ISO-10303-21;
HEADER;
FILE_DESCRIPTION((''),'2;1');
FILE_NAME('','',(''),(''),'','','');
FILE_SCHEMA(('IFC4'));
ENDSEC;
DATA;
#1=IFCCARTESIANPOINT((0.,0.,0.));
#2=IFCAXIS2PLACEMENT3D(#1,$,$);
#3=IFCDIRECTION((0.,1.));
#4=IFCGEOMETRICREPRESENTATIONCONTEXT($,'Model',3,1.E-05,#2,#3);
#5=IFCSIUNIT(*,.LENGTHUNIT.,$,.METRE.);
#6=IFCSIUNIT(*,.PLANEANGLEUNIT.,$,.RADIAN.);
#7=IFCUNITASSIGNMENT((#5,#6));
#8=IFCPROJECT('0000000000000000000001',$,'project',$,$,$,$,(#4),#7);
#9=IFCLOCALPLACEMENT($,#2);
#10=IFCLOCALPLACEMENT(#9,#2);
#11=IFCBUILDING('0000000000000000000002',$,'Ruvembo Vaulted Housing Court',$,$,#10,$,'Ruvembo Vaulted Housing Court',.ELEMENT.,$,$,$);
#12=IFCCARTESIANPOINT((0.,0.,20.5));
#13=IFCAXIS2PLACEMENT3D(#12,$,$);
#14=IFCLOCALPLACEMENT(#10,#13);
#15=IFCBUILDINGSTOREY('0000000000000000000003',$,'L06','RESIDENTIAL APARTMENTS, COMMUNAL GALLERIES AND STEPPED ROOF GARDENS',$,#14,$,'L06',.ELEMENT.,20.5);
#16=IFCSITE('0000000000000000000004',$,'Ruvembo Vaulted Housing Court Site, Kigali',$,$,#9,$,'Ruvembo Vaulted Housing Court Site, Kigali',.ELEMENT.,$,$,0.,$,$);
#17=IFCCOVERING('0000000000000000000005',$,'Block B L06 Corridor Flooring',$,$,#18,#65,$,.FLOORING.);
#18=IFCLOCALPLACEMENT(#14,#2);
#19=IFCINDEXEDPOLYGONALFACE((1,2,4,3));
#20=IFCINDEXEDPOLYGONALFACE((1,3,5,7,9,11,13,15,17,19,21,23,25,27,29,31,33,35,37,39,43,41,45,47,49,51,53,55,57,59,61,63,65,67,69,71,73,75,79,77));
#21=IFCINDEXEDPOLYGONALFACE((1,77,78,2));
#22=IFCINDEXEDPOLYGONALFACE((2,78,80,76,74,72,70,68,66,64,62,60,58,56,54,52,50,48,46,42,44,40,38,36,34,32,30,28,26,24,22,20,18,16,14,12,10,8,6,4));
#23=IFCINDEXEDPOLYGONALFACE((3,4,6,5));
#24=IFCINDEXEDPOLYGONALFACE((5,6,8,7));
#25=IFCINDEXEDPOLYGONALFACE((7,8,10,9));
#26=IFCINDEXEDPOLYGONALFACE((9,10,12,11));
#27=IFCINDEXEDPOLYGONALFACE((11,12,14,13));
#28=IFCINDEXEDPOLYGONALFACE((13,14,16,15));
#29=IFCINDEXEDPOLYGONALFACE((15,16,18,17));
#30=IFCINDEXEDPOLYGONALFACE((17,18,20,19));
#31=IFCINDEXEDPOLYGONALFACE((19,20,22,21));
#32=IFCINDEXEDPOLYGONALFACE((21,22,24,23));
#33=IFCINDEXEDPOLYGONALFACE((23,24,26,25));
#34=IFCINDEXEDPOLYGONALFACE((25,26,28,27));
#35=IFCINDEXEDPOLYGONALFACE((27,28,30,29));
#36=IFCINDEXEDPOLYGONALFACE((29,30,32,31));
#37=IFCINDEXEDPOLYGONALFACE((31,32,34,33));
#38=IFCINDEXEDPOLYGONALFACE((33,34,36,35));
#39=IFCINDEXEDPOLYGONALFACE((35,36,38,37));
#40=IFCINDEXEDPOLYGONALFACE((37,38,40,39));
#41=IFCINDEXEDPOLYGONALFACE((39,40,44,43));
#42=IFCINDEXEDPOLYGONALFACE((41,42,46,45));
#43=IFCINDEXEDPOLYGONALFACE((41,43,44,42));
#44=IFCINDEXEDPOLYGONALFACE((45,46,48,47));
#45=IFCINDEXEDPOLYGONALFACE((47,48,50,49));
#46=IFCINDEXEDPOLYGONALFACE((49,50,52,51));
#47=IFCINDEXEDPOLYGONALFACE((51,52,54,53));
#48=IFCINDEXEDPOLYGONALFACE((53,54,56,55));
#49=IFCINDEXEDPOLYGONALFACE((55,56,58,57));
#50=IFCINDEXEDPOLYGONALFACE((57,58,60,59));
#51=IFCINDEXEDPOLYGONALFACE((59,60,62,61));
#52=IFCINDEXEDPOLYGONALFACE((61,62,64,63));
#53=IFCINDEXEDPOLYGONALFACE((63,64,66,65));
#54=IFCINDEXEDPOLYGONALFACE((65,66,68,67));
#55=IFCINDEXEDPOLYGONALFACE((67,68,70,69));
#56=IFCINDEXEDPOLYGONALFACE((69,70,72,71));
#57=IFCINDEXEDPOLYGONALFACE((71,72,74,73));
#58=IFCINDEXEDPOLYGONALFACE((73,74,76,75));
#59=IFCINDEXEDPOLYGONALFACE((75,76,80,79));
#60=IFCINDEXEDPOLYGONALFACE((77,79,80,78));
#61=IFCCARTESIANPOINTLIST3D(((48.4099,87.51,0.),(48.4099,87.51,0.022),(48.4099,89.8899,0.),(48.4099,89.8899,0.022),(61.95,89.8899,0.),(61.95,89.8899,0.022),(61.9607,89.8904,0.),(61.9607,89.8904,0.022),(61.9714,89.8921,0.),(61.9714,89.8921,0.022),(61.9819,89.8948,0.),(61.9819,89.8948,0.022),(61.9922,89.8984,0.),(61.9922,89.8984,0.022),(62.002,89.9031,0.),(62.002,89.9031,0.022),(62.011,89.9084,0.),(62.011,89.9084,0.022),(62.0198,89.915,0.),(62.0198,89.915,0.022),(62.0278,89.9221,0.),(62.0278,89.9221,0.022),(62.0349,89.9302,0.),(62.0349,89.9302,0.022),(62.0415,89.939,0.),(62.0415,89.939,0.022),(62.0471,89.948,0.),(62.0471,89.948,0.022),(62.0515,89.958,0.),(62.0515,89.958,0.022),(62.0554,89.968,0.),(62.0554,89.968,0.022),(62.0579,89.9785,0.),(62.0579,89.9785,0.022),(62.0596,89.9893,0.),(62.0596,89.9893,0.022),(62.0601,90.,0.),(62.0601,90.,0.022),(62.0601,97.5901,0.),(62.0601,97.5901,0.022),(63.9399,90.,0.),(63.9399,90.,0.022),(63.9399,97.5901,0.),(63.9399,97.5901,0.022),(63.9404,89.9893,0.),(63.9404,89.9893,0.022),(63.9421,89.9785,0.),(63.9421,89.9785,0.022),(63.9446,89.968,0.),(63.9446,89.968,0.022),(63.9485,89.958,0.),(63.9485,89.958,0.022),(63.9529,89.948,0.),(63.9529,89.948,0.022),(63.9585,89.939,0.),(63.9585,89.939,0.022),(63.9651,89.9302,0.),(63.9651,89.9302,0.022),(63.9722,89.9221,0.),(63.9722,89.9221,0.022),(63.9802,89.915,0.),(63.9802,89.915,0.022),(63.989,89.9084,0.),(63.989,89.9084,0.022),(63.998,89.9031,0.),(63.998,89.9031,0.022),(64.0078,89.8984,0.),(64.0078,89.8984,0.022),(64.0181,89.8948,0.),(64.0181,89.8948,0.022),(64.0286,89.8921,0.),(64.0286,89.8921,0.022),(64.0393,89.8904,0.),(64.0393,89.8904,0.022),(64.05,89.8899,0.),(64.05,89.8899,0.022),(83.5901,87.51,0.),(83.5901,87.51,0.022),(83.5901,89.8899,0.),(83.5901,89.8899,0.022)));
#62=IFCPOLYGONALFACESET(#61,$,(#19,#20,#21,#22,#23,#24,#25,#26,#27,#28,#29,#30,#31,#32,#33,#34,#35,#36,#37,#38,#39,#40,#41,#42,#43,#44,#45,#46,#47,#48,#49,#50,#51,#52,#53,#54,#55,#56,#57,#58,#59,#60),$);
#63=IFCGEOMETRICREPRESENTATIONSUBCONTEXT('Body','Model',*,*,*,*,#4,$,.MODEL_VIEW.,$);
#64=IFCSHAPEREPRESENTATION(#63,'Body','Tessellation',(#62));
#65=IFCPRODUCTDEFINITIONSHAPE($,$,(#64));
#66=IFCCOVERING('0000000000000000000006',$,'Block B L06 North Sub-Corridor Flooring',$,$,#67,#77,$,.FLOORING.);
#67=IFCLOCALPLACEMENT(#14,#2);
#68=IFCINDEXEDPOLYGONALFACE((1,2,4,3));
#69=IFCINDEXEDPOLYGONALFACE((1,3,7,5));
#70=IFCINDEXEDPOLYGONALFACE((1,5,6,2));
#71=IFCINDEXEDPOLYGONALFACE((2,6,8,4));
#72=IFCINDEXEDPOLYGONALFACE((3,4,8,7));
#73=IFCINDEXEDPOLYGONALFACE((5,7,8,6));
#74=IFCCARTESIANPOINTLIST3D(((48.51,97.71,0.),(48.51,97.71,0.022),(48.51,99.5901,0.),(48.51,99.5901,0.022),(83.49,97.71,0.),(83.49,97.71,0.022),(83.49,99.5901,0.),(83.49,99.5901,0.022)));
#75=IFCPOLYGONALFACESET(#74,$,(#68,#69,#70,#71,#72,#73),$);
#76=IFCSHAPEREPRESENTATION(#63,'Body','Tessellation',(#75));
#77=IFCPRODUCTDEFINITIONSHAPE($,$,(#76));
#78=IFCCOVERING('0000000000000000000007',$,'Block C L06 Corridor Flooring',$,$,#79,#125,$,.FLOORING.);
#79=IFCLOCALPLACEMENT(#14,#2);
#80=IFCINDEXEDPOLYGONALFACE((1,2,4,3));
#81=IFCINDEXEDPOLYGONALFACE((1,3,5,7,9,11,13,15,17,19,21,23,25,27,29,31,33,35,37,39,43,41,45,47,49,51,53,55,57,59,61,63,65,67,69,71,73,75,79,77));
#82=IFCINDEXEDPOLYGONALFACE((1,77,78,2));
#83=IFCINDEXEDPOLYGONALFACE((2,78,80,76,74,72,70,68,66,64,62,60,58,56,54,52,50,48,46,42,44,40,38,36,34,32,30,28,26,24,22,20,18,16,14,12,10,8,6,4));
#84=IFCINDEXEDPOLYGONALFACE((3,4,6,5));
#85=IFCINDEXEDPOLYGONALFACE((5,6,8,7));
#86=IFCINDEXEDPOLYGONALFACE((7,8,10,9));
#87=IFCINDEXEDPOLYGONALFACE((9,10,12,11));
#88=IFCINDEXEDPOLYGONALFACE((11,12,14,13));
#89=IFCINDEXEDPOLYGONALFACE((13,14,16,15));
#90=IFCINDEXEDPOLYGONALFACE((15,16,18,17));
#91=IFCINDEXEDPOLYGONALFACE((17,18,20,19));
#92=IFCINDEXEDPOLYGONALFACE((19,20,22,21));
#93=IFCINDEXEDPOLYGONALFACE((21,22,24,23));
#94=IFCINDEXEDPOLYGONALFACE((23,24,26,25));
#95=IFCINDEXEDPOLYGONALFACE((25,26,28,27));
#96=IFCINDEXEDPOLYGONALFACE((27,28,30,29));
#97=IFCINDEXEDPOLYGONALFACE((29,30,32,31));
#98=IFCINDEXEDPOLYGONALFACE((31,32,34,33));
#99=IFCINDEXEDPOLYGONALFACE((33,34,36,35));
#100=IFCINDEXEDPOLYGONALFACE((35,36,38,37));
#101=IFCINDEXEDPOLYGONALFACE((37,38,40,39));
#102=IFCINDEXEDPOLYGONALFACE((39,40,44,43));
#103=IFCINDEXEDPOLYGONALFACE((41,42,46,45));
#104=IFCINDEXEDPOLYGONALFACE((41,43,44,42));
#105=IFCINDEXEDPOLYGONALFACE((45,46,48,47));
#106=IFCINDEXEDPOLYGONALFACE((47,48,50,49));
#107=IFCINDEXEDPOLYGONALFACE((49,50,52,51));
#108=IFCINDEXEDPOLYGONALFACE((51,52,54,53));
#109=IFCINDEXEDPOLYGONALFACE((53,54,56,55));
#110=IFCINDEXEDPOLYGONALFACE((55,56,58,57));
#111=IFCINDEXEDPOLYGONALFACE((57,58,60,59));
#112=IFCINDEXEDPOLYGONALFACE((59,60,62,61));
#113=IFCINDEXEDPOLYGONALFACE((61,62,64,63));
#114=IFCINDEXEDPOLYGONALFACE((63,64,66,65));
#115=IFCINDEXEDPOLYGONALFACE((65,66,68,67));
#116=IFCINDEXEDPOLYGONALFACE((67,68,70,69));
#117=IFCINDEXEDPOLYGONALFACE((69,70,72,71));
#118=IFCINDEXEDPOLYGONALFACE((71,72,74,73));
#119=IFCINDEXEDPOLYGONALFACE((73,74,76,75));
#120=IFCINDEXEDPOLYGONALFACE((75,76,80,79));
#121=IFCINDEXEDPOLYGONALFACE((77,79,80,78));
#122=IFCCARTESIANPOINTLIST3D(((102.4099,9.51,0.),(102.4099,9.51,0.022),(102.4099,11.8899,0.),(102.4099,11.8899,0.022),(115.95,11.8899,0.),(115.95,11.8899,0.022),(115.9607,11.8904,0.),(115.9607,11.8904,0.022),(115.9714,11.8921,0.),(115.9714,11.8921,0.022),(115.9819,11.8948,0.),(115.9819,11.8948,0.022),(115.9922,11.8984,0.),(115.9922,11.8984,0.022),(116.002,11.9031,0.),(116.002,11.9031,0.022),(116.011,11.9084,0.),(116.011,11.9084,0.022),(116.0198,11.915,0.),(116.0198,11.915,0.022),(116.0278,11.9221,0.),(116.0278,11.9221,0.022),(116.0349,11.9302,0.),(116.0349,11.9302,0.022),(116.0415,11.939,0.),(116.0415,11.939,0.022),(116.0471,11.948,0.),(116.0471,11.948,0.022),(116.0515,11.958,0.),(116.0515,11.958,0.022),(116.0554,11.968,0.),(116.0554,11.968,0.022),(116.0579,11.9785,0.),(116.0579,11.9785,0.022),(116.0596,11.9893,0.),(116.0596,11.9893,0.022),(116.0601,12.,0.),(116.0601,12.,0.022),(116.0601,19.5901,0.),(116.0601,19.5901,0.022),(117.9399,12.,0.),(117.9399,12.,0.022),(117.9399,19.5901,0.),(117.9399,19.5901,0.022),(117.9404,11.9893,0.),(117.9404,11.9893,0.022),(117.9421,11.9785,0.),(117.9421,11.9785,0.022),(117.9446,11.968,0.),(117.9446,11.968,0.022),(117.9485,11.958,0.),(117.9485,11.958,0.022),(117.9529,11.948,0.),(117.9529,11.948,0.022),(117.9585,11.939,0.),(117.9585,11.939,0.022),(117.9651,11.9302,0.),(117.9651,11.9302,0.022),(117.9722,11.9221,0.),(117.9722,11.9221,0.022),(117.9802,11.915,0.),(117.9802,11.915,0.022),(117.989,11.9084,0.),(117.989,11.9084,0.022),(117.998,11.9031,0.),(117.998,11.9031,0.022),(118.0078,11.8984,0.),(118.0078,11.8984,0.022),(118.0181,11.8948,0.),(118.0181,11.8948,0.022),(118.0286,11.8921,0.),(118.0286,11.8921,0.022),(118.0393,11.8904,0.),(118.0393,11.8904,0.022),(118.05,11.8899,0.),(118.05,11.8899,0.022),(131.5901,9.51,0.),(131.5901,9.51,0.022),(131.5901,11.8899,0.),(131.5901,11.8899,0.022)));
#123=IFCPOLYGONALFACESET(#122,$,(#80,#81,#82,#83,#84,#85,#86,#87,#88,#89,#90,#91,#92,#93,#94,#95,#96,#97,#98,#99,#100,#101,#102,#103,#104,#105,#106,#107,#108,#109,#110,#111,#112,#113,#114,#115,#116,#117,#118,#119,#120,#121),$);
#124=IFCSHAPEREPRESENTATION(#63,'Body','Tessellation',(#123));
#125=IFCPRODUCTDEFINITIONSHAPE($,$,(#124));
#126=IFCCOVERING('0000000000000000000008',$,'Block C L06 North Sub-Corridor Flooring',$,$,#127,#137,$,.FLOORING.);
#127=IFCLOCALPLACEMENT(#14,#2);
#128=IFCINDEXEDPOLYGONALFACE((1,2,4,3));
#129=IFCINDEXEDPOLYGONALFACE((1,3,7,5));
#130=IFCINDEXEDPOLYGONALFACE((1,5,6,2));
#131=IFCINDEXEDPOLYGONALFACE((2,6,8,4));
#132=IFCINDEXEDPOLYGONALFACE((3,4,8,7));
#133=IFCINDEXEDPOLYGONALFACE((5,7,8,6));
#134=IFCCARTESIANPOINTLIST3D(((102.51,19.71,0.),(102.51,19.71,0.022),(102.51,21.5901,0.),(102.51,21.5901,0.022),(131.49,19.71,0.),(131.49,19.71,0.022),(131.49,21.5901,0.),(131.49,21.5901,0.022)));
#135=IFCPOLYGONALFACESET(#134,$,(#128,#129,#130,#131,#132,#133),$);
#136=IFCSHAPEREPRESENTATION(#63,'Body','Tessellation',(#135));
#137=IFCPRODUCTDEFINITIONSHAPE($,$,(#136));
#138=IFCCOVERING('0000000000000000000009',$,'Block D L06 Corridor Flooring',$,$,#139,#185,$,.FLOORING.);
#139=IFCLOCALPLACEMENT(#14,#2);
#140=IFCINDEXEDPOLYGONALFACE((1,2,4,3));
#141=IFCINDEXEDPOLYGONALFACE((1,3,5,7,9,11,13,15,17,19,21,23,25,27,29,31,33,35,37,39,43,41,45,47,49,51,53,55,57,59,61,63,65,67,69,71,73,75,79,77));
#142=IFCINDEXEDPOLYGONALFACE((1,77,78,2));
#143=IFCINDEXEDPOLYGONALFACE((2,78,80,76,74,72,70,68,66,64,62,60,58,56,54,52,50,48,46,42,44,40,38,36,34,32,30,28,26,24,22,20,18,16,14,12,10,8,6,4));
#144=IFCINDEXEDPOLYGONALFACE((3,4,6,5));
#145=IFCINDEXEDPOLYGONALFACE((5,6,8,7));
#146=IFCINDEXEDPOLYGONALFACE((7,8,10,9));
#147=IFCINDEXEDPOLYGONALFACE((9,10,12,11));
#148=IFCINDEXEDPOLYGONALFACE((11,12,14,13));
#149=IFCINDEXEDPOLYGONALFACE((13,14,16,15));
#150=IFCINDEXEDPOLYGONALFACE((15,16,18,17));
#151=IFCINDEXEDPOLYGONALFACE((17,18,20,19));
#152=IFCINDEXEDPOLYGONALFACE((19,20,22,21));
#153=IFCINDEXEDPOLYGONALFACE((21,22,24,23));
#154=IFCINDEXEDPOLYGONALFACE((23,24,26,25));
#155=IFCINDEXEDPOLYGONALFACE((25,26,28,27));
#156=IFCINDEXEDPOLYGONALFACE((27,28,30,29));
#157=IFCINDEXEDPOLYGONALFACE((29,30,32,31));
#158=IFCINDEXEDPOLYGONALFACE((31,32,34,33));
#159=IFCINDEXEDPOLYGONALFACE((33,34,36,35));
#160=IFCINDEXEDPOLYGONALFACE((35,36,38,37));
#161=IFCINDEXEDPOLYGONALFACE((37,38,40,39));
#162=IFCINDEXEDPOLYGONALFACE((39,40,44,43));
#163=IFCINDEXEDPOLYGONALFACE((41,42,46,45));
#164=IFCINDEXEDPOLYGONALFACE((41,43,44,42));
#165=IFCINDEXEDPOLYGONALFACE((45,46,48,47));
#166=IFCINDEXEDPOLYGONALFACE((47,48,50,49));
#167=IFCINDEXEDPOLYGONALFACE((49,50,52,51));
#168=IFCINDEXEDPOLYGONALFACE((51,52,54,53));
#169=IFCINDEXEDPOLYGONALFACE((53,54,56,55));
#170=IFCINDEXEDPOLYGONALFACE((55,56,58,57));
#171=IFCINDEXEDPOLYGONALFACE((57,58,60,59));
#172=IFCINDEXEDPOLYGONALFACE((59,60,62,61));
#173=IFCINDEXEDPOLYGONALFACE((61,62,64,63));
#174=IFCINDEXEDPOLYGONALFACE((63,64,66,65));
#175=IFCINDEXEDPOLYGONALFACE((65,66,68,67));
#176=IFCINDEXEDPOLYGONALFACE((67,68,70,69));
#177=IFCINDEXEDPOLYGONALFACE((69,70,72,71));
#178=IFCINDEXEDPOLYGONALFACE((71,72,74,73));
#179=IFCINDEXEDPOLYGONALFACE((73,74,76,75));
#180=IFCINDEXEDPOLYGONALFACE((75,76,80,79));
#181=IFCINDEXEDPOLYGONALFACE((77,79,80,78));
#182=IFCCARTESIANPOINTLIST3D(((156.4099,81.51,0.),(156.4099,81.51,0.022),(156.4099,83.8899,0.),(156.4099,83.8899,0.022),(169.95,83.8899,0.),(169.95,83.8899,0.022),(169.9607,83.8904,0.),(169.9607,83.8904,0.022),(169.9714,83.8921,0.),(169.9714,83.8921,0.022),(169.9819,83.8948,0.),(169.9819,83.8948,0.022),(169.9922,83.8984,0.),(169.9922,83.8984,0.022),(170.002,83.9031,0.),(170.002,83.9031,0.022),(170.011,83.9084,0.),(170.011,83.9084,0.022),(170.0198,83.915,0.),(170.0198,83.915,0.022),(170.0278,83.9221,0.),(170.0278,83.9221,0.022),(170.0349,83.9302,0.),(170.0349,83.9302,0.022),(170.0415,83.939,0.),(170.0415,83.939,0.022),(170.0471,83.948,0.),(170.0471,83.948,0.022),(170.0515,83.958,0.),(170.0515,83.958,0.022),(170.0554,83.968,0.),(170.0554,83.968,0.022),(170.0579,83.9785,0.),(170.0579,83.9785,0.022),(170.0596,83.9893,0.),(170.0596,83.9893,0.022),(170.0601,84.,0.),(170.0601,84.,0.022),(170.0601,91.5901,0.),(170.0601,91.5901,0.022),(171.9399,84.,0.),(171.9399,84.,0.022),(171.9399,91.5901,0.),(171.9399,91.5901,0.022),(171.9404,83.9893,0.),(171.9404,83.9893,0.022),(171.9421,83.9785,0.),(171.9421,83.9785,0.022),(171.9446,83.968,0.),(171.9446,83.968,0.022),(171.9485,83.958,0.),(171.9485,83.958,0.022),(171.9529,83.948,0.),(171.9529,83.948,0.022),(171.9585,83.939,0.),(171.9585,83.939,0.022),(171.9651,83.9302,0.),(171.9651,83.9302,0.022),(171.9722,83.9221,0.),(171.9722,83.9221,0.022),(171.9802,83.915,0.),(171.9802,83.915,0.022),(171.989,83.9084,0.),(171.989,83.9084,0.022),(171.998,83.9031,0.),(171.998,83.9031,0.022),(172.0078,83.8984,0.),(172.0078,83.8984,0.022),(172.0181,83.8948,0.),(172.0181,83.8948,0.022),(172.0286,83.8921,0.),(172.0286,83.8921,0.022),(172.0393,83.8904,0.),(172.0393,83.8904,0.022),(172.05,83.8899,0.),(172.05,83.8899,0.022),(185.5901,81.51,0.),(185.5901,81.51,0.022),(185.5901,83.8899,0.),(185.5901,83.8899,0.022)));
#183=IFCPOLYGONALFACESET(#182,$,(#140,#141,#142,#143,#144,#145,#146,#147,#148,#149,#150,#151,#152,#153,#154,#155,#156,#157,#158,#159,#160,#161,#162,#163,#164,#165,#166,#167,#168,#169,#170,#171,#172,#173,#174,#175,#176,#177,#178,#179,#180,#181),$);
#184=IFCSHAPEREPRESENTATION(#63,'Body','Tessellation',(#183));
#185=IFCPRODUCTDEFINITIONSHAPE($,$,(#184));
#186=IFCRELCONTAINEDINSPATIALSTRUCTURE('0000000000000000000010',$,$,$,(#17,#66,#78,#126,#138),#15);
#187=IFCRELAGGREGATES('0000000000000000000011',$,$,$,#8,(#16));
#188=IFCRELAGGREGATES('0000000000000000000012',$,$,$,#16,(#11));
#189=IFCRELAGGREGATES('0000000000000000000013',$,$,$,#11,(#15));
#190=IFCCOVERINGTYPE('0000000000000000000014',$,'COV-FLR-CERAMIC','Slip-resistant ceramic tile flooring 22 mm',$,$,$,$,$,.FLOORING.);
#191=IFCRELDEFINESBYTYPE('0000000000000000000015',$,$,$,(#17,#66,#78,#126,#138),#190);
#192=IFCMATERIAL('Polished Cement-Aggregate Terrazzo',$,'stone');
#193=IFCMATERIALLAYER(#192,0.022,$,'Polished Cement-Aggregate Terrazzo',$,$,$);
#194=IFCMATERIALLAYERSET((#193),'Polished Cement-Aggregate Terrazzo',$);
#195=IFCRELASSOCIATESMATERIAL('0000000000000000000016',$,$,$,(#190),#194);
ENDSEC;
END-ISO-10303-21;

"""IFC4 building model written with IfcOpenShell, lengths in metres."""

from ifc_helpers import new_model, si_unit, direction, frame, origin, place, context, subcontext, project, spatial, polyline, outline, extrude, material, layer, layer_set, type_object, element, save


model = new_model("IFC4")

# Units and contexts
model_context = context("Model", 3, precision=1e-05, world=origin(), true_north=direction((0.0, 1.0)))
body_context = subcontext(model_context, "Body", "Model", "MODEL_VIEW")
ifc_project = project(units=[si_unit("LENGTHUNIT", "METRE"), si_unit("PLANEANGLEUNIT", "RADIAN")], contexts=[model_context])

# Site, building, storey
site_placement = place(None, origin())
site = spatial("IfcSite", under=ifc_project, at=site_placement, Name="Ruvembo Vaulted Housing Court Site, Kigali", LongName="Ruvembo Vaulted Housing Court Site, Kigali", CompositionType="ELEMENT", RefElevation=0.0)
building_placement = place(site_placement, origin())
building = spatial("IfcBuilding", under=site, at=building_placement, Name="Ruvembo Vaulted Housing Court", LongName="Ruvembo Vaulted Housing Court", CompositionType="ELEMENT")
storey_placement = place(building_placement, frame((0.0, 0.0, 20.5)))
storey = spatial("IfcBuildingStorey", under=building, at=storey_placement, Name="L06", Description="RESIDENTIAL APARTMENTS, COMMUNAL GALLERIES AND STEPPED ROOF GARDENS", LongName="L06", CompositionType="ELEMENT", Elevation=20.5)

# Coverings
ifc_material_1 = material(Name="Polished Cement-Aggregate Terrazzo", Category="stone")
ifc_layer_1 = layer(ifc_material_1, 0.022, Name="Polished Cement-Aggregate Terrazzo")
ifc_layer_set_1 = layer_set([ifc_layer_1], Name="Polished Cement-Aggregate Terrazzo")
covering_type_1 = type_object("IfcCoveringType", Name="COV-FLR-CERAMIC", Description="Slip-resistant ceramic tile flooring 22 mm", PredefinedType="FLOORING", material=ifc_layer_set_1)
covering_1_placement = place(storey_placement, origin())
element("IfcCovering", 1, at=covering_1_placement, inside=storey, type_object=covering_type_1, Name="Block B L06 Corridor Flooring", PredefinedType="FLOORING", context=body_context, shape_type="SweptSolid", body=[
    extrude(outline(polyline([(83.5901, 87.51), (83.5901, 89.8899), (64.05, 89.8899), (64.0393, 89.8904), (64.0286, 89.8921), (64.0181, 89.8948), (64.0078, 89.8984), (63.998, 89.9031), (63.989, 89.9084), (63.9802, 89.915), (63.9722, 89.9221), (63.9651, 89.9302), (63.9585, 89.939), (63.9529, 89.948), (63.9485, 89.958), (63.9446, 89.968), (63.9421, 89.9785), (63.9404, 89.9893), (63.9399, 90.0), (63.9399, 97.5901), (62.0601, 97.5901), (62.0601, 90.0), (62.0596, 89.9893), (62.0579, 89.9785), (62.0554, 89.968), (62.0515, 89.958), (62.0471, 89.948), (62.0415, 89.939), (62.0349, 89.9302), (62.0278, 89.9221), (62.0198, 89.915), (62.011, 89.9084), (62.002, 89.9031), (61.9922, 89.8984), (61.9819, 89.8948), (61.9714, 89.8921), (61.9607, 89.8904), (61.95, 89.8899), (48.4099, 89.8899), (48.4099, 87.51), (83.5901, 87.51)])), origin(), (0.0, 0.0, 1.0), 0.022),
])
covering_2_placement = place(storey_placement, origin())
element("IfcCovering", 2, at=covering_2_placement, inside=storey, type_object=covering_type_1, Name="Block B L06 North Sub-Corridor Flooring", PredefinedType="FLOORING", context=body_context, shape_type="SweptSolid", body=[
    extrude(outline(polyline([(48.51, 97.71), (83.49, 97.71), (83.49, 99.5901), (48.51, 99.5901), (48.51, 97.71)])), origin(), (0.0, 0.0, 1.0), 0.022),
])
covering_3_placement = place(storey_placement, origin())
element("IfcCovering", 3, at=covering_3_placement, inside=storey, type_object=covering_type_1, Name="Block C L06 Corridor Flooring", PredefinedType="FLOORING", context=body_context, shape_type="SweptSolid", body=[
    extrude(outline(polyline([(131.5901, 9.51), (131.5901, 11.8899), (118.05, 11.8899), (118.0393, 11.8904), (118.0286, 11.8921), (118.0181, 11.8948), (118.0078, 11.8984), (117.998, 11.9031), (117.989, 11.9084), (117.9802, 11.915), (117.9722, 11.9221), (117.9651, 11.9302), (117.9585, 11.939), (117.9529, 11.948), (117.9485, 11.958), (117.9446, 11.968), (117.9421, 11.9785), (117.9404, 11.9893), (117.9399, 12.0), (117.9399, 19.5901), (116.0601, 19.5901), (116.0601, 12.0), (116.0596, 11.9893), (116.0579, 11.9785), (116.0554, 11.968), (116.0515, 11.958), (116.0471, 11.948), (116.0415, 11.939), (116.0349, 11.9302), (116.0278, 11.9221), (116.0198, 11.915), (116.011, 11.9084), (116.002, 11.9031), (115.9922, 11.8984), (115.9819, 11.8948), (115.9714, 11.8921), (115.9607, 11.8904), (115.95, 11.8899), (102.4099, 11.8899), (102.4099, 9.51), (131.5901, 9.51)])), origin(), (0.0, 0.0, 1.0), 0.022),
])
covering_4_placement = place(storey_placement, origin())
element("IfcCovering", 4, at=covering_4_placement, inside=storey, type_object=covering_type_1, Name="Block C L06 North Sub-Corridor Flooring", PredefinedType="FLOORING", context=body_context, shape_type="SweptSolid", body=[
    extrude(outline(polyline([(102.51, 19.71), (131.49, 19.71), (131.49, 21.5901), (102.51, 21.5901), (102.51, 19.71)])), origin(), (0.0, 0.0, 1.0), 0.022),
])
covering_5_placement = place(storey_placement, origin())
element("IfcCovering", 5, at=covering_5_placement, inside=storey, type_object=covering_type_1, Name="Block D L06 Corridor Flooring", PredefinedType="FLOORING", context=body_context, shape_type="SweptSolid", body=[
    extrude(outline(polyline([(185.5901, 81.51), (185.5901, 83.8899), (172.05, 83.8899), (172.0393, 83.8904), (172.0286, 83.8921), (172.0181, 83.8948), (172.0078, 83.8984), (171.998, 83.9031), (171.989, 83.9084), (171.9802, 83.915), (171.9722, 83.9221), (171.9651, 83.9302), (171.9585, 83.939), (171.9529, 83.948), (171.9485, 83.958), (171.9446, 83.968), (171.9421, 83.9785), (171.9404, 83.9893), (171.9399, 84.0), (171.9399, 91.5901), (170.0601, 91.5901), (170.0601, 84.0), (170.0596, 83.9893), (170.0579, 83.9785), (170.0554, 83.968), (170.0515, 83.958), (170.0471, 83.948), (170.0415, 83.939), (170.0349, 83.9302), (170.0278, 83.9221), (170.0198, 83.915), (170.011, 83.9084), (170.002, 83.9031), (169.9922, 83.8984), (169.9819, 83.8948), (169.9714, 83.8921), (169.9607, 83.8904), (169.95, 83.8899), (156.4099, 83.8899), (156.4099, 81.51), (185.5901, 81.51)])), origin(), (0.0, 0.0, 1.0), 0.022),
])

save(model, "model.ifc")
